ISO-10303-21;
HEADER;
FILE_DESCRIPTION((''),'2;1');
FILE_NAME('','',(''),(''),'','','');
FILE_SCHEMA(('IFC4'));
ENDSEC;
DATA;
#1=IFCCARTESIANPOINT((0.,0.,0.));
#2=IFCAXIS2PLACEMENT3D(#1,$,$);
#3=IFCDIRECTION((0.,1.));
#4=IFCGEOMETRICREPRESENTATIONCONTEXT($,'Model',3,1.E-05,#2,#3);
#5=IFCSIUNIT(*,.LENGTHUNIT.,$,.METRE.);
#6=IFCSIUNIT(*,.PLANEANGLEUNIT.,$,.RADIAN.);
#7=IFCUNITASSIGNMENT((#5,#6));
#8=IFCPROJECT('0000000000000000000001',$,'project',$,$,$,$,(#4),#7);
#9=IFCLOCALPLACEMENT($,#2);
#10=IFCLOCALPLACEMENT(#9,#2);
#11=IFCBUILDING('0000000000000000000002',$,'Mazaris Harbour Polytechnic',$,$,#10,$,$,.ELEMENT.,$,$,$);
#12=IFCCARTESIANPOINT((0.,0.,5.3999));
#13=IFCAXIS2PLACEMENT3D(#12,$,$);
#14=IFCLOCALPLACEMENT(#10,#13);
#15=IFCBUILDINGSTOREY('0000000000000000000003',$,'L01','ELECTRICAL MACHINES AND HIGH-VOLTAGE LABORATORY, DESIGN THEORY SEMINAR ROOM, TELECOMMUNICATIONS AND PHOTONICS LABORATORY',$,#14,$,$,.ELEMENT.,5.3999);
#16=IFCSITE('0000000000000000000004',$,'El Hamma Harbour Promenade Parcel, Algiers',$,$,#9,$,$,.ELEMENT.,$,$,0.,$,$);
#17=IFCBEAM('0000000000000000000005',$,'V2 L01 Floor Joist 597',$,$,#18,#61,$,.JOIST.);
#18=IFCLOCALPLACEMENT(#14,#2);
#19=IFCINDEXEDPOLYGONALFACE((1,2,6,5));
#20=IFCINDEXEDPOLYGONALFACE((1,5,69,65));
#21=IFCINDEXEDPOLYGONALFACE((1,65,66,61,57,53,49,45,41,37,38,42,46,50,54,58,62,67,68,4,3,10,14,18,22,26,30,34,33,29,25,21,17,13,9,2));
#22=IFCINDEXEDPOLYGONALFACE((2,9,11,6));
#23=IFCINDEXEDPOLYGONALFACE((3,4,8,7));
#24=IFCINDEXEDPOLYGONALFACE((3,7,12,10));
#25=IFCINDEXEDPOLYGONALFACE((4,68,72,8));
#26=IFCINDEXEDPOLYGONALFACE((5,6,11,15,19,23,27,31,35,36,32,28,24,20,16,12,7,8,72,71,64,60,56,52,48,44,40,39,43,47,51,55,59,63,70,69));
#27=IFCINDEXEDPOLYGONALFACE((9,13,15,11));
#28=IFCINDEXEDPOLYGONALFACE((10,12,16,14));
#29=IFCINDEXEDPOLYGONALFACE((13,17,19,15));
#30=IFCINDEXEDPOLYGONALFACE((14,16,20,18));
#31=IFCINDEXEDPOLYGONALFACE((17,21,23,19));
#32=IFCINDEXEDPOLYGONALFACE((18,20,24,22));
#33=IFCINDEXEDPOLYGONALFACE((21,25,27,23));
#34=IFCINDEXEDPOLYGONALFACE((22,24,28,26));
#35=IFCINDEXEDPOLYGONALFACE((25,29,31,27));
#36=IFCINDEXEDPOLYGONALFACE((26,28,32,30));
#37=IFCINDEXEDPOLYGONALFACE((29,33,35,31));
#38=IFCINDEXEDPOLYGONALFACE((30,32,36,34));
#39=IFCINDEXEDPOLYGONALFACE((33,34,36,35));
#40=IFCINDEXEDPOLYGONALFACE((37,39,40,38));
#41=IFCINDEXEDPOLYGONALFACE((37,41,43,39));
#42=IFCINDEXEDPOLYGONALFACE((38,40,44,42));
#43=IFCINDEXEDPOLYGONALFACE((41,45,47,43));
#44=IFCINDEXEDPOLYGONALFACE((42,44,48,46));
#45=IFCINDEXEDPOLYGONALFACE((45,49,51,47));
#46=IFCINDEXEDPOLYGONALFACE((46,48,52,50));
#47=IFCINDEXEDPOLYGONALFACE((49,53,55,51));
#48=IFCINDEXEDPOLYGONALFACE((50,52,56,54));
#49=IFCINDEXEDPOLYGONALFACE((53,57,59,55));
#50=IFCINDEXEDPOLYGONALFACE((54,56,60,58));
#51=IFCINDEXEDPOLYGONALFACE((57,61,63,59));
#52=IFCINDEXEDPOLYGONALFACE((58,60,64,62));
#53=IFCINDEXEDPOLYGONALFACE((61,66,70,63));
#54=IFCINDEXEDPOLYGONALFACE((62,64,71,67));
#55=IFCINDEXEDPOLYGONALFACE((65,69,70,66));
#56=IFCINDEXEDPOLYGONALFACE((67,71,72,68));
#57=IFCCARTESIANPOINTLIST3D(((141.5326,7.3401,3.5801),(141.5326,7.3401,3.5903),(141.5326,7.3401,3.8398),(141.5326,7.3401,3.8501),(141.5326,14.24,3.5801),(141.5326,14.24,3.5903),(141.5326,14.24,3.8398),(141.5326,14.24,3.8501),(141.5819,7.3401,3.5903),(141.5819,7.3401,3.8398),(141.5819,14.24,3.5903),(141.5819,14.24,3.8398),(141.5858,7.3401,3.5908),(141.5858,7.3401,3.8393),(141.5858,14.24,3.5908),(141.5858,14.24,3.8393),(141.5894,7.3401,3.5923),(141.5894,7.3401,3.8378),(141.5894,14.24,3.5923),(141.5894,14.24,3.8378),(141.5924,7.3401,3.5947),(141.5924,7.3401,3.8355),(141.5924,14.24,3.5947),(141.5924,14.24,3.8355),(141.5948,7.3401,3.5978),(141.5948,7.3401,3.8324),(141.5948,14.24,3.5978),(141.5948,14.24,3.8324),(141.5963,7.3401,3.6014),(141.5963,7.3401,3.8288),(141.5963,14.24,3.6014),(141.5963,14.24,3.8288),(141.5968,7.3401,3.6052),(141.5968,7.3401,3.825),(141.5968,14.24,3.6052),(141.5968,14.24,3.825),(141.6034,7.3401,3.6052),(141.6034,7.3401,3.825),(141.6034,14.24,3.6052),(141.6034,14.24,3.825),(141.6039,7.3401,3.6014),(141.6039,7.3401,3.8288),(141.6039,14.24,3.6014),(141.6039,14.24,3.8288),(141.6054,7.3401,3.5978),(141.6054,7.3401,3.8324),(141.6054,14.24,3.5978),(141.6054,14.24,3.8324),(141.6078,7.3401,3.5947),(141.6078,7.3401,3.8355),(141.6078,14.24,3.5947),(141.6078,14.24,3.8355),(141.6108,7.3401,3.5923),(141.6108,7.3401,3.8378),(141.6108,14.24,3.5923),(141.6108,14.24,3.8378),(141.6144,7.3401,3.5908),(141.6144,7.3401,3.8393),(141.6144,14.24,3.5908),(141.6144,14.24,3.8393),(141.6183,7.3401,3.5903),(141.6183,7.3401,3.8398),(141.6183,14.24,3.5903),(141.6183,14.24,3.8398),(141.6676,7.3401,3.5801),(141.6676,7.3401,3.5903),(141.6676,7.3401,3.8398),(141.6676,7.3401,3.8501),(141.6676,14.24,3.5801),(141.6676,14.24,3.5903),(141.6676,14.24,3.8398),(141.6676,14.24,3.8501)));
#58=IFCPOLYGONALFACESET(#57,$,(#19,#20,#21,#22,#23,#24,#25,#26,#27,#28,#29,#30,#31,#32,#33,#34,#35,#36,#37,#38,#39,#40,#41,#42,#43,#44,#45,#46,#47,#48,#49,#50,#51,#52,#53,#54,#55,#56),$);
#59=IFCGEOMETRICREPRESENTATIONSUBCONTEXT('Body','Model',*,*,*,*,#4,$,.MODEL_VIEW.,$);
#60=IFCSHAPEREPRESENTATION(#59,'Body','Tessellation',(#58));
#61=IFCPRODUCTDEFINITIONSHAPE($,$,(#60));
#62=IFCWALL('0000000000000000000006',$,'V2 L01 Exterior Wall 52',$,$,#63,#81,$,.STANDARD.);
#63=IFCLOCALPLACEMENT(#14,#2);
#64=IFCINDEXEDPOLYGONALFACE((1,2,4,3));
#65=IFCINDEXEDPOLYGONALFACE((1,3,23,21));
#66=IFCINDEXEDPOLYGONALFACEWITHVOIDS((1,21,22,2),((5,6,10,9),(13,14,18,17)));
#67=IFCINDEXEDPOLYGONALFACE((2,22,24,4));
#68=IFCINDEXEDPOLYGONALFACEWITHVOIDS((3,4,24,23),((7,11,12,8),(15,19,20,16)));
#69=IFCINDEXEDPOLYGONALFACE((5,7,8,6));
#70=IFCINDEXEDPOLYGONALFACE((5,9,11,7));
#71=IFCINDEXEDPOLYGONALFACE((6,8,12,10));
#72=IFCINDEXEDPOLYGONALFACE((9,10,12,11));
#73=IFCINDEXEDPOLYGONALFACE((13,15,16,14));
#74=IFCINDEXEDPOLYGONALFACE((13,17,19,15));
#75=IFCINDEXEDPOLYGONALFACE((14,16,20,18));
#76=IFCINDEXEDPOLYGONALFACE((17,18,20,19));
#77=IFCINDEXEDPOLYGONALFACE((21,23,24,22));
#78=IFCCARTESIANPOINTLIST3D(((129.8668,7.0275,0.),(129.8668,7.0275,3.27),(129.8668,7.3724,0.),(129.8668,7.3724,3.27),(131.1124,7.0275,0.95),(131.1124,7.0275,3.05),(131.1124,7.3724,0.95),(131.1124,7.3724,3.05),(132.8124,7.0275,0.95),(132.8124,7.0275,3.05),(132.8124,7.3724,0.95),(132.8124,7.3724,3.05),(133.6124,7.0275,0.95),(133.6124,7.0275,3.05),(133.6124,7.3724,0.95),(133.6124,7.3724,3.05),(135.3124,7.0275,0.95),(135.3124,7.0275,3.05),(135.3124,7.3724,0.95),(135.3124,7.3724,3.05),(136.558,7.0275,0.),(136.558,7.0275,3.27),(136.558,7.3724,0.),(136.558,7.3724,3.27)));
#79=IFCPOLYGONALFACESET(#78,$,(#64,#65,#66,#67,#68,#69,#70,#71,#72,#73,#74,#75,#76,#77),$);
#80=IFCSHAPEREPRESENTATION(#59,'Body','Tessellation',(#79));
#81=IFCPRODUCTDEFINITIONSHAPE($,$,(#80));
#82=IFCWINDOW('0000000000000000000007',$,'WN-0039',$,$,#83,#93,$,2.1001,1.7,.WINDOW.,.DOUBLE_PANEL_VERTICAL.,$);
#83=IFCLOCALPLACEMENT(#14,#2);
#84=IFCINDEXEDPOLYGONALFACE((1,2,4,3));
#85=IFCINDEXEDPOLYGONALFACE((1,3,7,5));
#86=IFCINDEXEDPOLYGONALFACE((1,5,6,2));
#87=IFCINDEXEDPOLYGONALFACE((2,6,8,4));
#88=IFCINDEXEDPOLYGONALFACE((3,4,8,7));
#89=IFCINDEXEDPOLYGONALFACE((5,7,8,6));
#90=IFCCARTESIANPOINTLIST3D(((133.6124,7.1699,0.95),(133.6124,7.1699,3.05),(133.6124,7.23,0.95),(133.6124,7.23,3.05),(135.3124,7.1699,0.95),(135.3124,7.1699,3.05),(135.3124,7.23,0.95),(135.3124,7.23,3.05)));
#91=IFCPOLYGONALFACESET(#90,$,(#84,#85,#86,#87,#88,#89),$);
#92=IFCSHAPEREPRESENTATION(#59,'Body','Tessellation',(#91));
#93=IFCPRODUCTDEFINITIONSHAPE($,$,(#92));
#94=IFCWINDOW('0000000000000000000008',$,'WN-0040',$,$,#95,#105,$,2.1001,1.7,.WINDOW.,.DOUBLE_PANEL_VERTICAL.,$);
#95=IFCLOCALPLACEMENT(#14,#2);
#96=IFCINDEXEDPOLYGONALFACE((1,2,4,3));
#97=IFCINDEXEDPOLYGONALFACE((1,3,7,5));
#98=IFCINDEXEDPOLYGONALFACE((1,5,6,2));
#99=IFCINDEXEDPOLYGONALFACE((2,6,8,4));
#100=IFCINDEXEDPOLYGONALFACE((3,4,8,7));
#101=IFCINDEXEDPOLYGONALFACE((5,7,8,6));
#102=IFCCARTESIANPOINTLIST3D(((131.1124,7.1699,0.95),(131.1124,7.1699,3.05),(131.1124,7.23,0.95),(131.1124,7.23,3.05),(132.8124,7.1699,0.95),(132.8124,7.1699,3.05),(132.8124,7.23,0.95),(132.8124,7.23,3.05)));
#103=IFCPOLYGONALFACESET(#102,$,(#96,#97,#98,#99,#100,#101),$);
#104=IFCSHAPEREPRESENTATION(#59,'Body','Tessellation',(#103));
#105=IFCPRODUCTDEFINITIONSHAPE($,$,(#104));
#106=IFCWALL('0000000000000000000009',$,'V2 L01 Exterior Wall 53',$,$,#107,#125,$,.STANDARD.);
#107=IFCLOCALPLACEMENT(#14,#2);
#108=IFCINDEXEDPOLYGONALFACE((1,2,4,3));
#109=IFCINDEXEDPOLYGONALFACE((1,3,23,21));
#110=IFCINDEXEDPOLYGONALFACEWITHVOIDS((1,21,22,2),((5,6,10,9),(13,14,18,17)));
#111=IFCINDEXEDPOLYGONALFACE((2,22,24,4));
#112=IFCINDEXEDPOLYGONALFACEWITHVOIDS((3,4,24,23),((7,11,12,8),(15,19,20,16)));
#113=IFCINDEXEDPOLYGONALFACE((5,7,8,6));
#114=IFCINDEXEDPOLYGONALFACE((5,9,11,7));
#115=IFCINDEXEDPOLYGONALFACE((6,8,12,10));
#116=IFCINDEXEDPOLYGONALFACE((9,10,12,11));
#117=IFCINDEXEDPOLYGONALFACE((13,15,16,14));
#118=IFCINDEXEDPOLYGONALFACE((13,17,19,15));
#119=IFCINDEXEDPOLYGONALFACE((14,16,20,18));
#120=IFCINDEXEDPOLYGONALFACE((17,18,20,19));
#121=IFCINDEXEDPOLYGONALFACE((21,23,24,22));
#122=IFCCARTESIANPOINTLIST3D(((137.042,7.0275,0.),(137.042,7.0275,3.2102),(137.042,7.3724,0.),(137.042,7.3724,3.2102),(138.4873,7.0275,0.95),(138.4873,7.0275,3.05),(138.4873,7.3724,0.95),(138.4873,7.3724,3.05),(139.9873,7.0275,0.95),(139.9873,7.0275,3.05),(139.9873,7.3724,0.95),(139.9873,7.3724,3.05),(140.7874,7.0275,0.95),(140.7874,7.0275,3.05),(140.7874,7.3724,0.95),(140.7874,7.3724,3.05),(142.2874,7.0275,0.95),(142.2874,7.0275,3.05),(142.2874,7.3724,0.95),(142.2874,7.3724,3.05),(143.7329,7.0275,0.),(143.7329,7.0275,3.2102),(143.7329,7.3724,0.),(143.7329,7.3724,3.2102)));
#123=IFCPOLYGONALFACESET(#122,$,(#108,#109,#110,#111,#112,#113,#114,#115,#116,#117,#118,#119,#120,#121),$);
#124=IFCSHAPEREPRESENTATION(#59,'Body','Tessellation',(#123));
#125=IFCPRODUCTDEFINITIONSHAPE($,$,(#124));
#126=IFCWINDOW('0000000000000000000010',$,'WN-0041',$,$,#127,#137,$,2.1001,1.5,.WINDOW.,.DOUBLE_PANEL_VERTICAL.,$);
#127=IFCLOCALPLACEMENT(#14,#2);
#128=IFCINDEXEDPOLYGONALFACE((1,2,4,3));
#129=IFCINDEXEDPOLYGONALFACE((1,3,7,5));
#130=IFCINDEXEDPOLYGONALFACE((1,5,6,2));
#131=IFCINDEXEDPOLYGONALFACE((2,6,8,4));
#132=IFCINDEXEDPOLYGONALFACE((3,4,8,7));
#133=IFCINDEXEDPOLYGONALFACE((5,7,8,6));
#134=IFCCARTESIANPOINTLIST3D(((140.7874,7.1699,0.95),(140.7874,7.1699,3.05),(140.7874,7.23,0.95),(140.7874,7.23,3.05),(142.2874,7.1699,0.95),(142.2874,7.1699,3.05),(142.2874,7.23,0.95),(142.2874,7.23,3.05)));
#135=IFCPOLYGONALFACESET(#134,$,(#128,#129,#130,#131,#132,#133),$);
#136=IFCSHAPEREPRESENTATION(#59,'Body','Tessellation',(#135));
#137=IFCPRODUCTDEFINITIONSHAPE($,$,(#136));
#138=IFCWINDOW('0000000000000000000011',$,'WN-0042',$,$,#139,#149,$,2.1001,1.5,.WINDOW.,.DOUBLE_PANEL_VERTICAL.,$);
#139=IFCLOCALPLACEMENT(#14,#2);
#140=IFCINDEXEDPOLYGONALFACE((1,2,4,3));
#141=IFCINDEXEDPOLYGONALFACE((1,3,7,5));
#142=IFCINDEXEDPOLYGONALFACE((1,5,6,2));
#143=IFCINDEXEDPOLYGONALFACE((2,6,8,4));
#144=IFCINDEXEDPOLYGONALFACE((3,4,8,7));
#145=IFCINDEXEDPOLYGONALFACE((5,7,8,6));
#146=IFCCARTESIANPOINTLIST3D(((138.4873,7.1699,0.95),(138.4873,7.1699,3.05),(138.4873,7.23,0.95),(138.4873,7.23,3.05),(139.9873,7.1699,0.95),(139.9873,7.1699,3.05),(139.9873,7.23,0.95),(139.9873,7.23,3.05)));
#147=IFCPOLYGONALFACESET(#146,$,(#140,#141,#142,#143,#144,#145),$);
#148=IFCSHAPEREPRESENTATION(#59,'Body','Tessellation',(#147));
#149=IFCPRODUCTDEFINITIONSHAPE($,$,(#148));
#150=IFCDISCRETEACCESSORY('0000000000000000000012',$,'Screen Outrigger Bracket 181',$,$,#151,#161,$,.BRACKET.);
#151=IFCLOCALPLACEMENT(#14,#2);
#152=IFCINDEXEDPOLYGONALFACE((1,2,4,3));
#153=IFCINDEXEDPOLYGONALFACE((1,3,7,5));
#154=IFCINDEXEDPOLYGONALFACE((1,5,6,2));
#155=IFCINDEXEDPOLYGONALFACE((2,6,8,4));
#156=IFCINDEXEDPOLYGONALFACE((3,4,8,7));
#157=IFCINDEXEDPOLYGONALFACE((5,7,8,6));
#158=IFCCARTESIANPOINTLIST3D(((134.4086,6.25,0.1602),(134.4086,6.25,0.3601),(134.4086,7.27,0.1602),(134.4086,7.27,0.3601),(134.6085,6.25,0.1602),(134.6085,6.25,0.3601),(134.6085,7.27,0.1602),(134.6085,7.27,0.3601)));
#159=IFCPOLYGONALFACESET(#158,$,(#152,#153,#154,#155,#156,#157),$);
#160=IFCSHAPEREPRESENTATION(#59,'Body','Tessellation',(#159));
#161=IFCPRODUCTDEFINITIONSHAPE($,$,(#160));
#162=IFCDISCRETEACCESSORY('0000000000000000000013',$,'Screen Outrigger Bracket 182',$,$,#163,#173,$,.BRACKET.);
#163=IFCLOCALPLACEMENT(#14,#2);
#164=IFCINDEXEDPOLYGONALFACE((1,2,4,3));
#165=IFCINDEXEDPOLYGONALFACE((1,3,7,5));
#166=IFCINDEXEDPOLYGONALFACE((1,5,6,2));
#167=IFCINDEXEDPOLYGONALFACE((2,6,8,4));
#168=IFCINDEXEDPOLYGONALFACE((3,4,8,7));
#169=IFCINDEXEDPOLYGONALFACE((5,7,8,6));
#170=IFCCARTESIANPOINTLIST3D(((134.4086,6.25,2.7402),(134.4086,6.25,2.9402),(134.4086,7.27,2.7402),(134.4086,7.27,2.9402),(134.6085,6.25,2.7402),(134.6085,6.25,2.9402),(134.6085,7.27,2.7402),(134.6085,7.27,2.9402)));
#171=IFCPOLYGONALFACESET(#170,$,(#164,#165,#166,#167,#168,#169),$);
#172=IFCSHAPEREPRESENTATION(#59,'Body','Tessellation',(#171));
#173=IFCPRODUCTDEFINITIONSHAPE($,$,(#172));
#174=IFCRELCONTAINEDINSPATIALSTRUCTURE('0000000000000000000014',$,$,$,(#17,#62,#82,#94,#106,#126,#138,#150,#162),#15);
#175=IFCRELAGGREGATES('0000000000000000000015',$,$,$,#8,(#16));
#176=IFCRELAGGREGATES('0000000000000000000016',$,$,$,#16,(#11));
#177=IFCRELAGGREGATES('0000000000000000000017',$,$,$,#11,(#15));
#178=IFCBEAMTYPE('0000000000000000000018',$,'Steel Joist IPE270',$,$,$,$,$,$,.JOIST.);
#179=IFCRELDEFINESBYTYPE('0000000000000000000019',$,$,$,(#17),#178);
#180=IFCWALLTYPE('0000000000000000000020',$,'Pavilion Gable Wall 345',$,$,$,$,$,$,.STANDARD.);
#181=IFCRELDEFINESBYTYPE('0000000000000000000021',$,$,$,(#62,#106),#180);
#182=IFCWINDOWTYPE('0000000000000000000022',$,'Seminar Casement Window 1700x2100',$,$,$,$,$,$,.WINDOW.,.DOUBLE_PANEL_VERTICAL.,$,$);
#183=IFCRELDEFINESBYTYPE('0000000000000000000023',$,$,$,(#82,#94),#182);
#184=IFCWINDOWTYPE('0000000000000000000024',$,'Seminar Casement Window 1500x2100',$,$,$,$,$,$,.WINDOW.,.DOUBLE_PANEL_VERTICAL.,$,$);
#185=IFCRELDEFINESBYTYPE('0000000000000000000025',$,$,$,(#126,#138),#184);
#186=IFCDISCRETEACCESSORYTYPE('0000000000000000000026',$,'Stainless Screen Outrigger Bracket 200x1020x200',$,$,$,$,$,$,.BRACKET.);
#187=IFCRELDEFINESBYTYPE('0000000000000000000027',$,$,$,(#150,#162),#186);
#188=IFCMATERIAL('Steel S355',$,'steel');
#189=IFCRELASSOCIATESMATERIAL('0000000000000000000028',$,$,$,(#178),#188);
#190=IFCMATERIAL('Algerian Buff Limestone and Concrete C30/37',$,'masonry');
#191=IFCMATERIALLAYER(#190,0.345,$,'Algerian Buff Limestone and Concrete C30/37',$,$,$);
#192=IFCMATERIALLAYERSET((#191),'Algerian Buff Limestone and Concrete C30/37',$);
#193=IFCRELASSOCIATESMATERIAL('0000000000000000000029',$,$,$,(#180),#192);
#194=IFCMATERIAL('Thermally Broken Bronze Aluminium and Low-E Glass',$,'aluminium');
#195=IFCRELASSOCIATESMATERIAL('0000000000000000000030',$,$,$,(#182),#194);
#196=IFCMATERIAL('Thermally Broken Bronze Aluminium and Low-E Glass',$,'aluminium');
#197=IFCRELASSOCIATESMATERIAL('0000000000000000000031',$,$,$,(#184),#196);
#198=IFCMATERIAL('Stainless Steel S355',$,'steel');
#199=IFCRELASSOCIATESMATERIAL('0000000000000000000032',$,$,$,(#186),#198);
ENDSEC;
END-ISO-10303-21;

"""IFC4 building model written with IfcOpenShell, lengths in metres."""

from ifc_helpers import new_model, si_unit, direction, frame, frame_2d, origin, origin_2d, place, context, subcontext, project, spatial, rectangle, i_section, extrude, material, layer, layer_set, material_profile, profile_set, type_object, element, fill, save


model = new_model("IFC4")

# Units and contexts
model_context = context("Model", 3, precision=1e-05, world=origin(), true_north=direction((0.0, 1.0)))
body_context = subcontext(model_context, "Body", "Model", "MODEL_VIEW")
ifc_project = project(units=[si_unit("LENGTHUNIT", "METRE"), si_unit("PLANEANGLEUNIT", "RADIAN")], contexts=[model_context])

# Site, building, storey
site_placement = place(None, origin())
site = spatial("IfcSite", under=ifc_project, at=site_placement, Name="El Hamma Harbour Promenade Parcel, Algiers", CompositionType="ELEMENT", RefElevation=0.0)
building_placement = place(site_placement, origin())
building = spatial("IfcBuilding", under=site, at=building_placement, Name="Mazaris Harbour Polytechnic", CompositionType="ELEMENT")
storey_placement = place(building_placement, frame((0.0, 0.0, 5.3999)))
storey = spatial("IfcBuildingStorey", under=building, at=storey_placement, Name="L01", Description="ELECTRICAL MACHINES AND HIGH-VOLTAGE LABORATORY, DESIGN THEORY SEMINAR ROOM, TELECOMMUNICATIONS AND PHOTONICS LABORATORY", CompositionType="ELEMENT", Elevation=5.3999)

# Beam
ifc_material_1 = material(Name="Steel S355", Category="steel")
ifc_material_profile_1 = material_profile(ifc_material_1, i_section(OverallWidth=0.135, OverallDepth=0.27, WebThickness=0.0066, FlangeThickness=0.0103, FilletRadius=0.0149, at=origin_2d()), Name="IPE 270")
ifc_profile_set_1 = profile_set([ifc_material_profile_1], Name="Steel S355")
beam_type_1 = type_object("IfcBeamType", Name="Steel Joist IPE270", PredefinedType="JOIST", material=ifc_profile_set_1)
beam_1_placement = place(storey_placement, frame((141.6001, 7.3401, 3.7151), z_axis=(0.0, 1.0, 0.0), x_axis=(-1.0, 0.0, 0.0)))
element("IfcBeam", 1, at=beam_1_placement, inside=storey, type_object=beam_type_1, Name="V2 L01 Floor Joist 597", PredefinedType="JOIST", context=body_context, shape_type="SweptSolid", body=[
    extrude(i_section(OverallWidth=0.135, OverallDepth=0.27, WebThickness=0.0066, FlangeThickness=0.0103, FilletRadius=0.0149, at=origin_2d()), origin(), (0.0, 0.0, 1.0), 6.8999),
])

# Walls, openings, windows
ifc_material_2 = material(Name="Algerian Buff Limestone and Concrete C30/37", Category="masonry")
ifc_layer = layer(ifc_material_2, 0.345, Name="Algerian Buff Limestone and Concrete C30/37")
ifc_layer_set = layer_set([ifc_layer], Name="Algerian Buff Limestone and Concrete C30/37")
wall_type = type_object("IfcWallType", Name="Pavilion Gable Wall 345", PredefinedType="STANDARD", material=ifc_layer_set)
wall_1_placement = place(storey_placement, frame((136.5581, 7.2, 0.0), z_axis=(0.0, 0.0, 1.0), x_axis=(-1.0, 0.0, 0.0)))
wall_1 = element("IfcWall", 2, at=wall_1_placement, inside=storey, type_object=wall_type, Name="V2 L01 Exterior Wall 52", PredefinedType="STANDARD", context=body_context, shape_type="SweptSolid", body=[
    extrude(rectangle(XDim=6.6912, YDim=0.345, at=frame_2d((3.3457, 0.0))), origin(), (0.0, 0.0, 1.0), 3.27),
])
opening_1_placement = place(wall_1_placement, frame((1.2456, 0.0, 0.95)))
opening_1 = element("IfcOpeningElement", 3, at=opening_1_placement, cuts=wall_1, PredefinedType="OPENING", context=body_context, shape_type="SweptSolid", body=[
    extrude(rectangle(XDim=1.7, YDim=2.1001, at=frame_2d((0.8501, 1.05))), frame((0.0, 0.1824, 0.0), z_axis=(0.0, -1.0, 0.0), x_axis=(1.0, 0.0, 0.0)), (0.0, 0.0, 1.0), 0.365),
])
opening_2_placement = place(wall_1_placement, frame((3.7456, 0.0, 0.95)))
opening_2 = element("IfcOpeningElement", 4, at=opening_2_placement, cuts=wall_1, PredefinedType="OPENING", context=body_context, shape_type="SweptSolid", body=[
    extrude(rectangle(XDim=1.7, YDim=2.1001, at=frame_2d((0.8501, 1.05))), frame((0.0, 0.1824, 0.0), z_axis=(0.0, -1.0, 0.0), x_axis=(1.0, 0.0, 0.0)), (0.0, 0.0, 1.0), 0.365),
])
ifc_material_3 = material(Name="Thermally Broken Bronze Aluminium and Low-E Glass", Category="aluminium")
window_type_1 = type_object("IfcWindowType", Name="Seminar Casement Window 1700x2100", PartitioningType="DOUBLE_PANEL_VERTICAL", PredefinedType="WINDOW", material=ifc_material_3)
window_1_placement = place(opening_1_placement, origin())
window_1 = element("IfcWindow", 5, at=window_1_placement, inside=storey, type_object=window_type_1, Name="WN-0039", OverallHeight=2.1001, OverallWidth=1.7, PartitioningType="DOUBLE_PANEL_VERTICAL", PredefinedType="WINDOW", context=body_context, shape_type="SweptSolid", body=[
    extrude(rectangle(XDim=1.7, YDim=2.1001, at=frame_2d((0.8501, 1.05))), frame((0.0, 0.03, 0.0), z_axis=(0.0, -1.0, 0.0), x_axis=(1.0, 0.0, 0.0)), (0.0, 0.0, 1.0), 0.0601),
])
fill(opening_1, window_1)
window_2_placement = place(opening_2_placement, origin())
window_2 = element("IfcWindow", 6, at=window_2_placement, inside=storey, type_object=window_type_1, Name="WN-0040", OverallHeight=2.1001, OverallWidth=1.7, PartitioningType="DOUBLE_PANEL_VERTICAL", PredefinedType="WINDOW", context=body_context, shape_type="SweptSolid", body=[
    extrude(rectangle(XDim=1.7, YDim=2.1001, at=frame_2d((0.8501, 1.05))), frame((0.0, 0.03, 0.0), z_axis=(0.0, -1.0, 0.0), x_axis=(1.0, 0.0, 0.0)), (0.0, 0.0, 1.0), 0.0601),
])
fill(opening_2, window_2)
wall_2_placement = place(storey_placement, frame((143.7329, 7.2, 0.0), z_axis=(0.0, 0.0, 1.0), x_axis=(-1.0, 0.0, 0.0)))
wall_2 = element("IfcWall", 7, at=wall_2_placement, inside=storey, type_object=wall_type, Name="V2 L01 Exterior Wall 53", PredefinedType="STANDARD", context=body_context, shape_type="SweptSolid", body=[
    extrude(rectangle(XDim=6.6909, YDim=0.345, at=frame_2d((3.3455, 0.0))), origin(), (0.0, 0.0, 1.0), 3.2102),
])
opening_3_placement = place(wall_2_placement, frame((1.4456, 0.0, 0.95)))
opening_3 = element("IfcOpeningElement", 8, at=opening_3_placement, cuts=wall_2, PredefinedType="OPENING", context=body_context, shape_type="SweptSolid", body=[
    extrude(rectangle(XDim=1.5, YDim=2.1001, at=frame_2d((0.75, 1.05))), frame((0.0, 0.1824, 0.0), z_axis=(0.0, -1.0, 0.0), x_axis=(1.0, 0.0, 0.0)), (0.0, 0.0, 1.0), 0.365),
])
opening_4_placement = place(wall_2_placement, frame((3.7456, 0.0, 0.95)))
opening_4 = element("IfcOpeningElement", 9, at=opening_4_placement, cuts=wall_2, PredefinedType="OPENING", context=body_context, shape_type="SweptSolid", body=[
    extrude(rectangle(XDim=1.5, YDim=2.1001, at=frame_2d((0.75, 1.05))), frame((0.0, 0.1824, 0.0), z_axis=(0.0, -1.0, 0.0), x_axis=(1.0, 0.0, 0.0)), (0.0, 0.0, 1.0), 0.365),
])
ifc_material_4 = material(Name="Thermally Broken Bronze Aluminium and Low-E Glass", Category="aluminium")
window_type_2 = type_object("IfcWindowType", Name="Seminar Casement Window 1500x2100", PartitioningType="DOUBLE_PANEL_VERTICAL", PredefinedType="WINDOW", material=ifc_material_4)
window_3_placement = place(opening_3_placement, origin())
window_3 = element("IfcWindow", 10, at=window_3_placement, inside=storey, type_object=window_type_2, Name="WN-0041", OverallHeight=2.1001, OverallWidth=1.5, PartitioningType="DOUBLE_PANEL_VERTICAL", PredefinedType="WINDOW", context=body_context, shape_type="SweptSolid", body=[
    extrude(rectangle(XDim=1.5, YDim=2.1001, at=frame_2d((0.75, 1.05))), frame((0.0, 0.03, 0.0), z_axis=(0.0, -1.0, 0.0), x_axis=(1.0, 0.0, 0.0)), (0.0, 0.0, 1.0), 0.0601),
])
fill(opening_3, window_3)
window_4_placement = place(opening_4_placement, origin())
window_4 = element("IfcWindow", 11, at=window_4_placement, inside=storey, type_object=window_type_2, Name="WN-0042", OverallHeight=2.1001, OverallWidth=1.5, PartitioningType="DOUBLE_PANEL_VERTICAL", PredefinedType="WINDOW", context=body_context, shape_type="SweptSolid", body=[
    extrude(rectangle(XDim=1.5, YDim=2.1001, at=frame_2d((0.75, 1.05))), frame((0.0, 0.03, 0.0), z_axis=(0.0, -1.0, 0.0), x_axis=(1.0, 0.0, 0.0)), (0.0, 0.0, 1.0), 0.0601),
])
fill(opening_4, window_4)

# Discrete accessories
ifc_material_5 = material(Name="Stainless Steel S355", Category="steel")
discrete_accessory_type = type_object("IfcDiscreteAccessoryType", Name="Stainless Screen Outrigger Bracket 200x1020x200", PredefinedType="BRACKET", material=ifc_material_5)
for number, where, z_axis, x_axis, name in (
    (12, (134.5085, 6.76, 0.1602), (0.0, 0.0, 1.0), (-1.0, 0.0, 0.0), "Screen Outrigger Bracket 181"),
    (13, (134.5085, 6.76, 2.7402), (0.0, 0.0, 1.0), (-1.0, 0.0, 0.0), "Screen Outrigger Bracket 182"),
):
    element("IfcDiscreteAccessory", number, at=place(storey_placement, frame(where, z_axis=z_axis, x_axis=x_axis)), inside=storey, type_object=discrete_accessory_type, Name=name, PredefinedType="BRACKET", context=body_context, shape_type="SweptSolid", body=[
        extrude(rectangle(XDim=0.2, YDim=1.02, at=origin_2d()), origin(), (0.0, 0.0, 1.0), 0.2),
    ])

save(model, "model.ifc")
